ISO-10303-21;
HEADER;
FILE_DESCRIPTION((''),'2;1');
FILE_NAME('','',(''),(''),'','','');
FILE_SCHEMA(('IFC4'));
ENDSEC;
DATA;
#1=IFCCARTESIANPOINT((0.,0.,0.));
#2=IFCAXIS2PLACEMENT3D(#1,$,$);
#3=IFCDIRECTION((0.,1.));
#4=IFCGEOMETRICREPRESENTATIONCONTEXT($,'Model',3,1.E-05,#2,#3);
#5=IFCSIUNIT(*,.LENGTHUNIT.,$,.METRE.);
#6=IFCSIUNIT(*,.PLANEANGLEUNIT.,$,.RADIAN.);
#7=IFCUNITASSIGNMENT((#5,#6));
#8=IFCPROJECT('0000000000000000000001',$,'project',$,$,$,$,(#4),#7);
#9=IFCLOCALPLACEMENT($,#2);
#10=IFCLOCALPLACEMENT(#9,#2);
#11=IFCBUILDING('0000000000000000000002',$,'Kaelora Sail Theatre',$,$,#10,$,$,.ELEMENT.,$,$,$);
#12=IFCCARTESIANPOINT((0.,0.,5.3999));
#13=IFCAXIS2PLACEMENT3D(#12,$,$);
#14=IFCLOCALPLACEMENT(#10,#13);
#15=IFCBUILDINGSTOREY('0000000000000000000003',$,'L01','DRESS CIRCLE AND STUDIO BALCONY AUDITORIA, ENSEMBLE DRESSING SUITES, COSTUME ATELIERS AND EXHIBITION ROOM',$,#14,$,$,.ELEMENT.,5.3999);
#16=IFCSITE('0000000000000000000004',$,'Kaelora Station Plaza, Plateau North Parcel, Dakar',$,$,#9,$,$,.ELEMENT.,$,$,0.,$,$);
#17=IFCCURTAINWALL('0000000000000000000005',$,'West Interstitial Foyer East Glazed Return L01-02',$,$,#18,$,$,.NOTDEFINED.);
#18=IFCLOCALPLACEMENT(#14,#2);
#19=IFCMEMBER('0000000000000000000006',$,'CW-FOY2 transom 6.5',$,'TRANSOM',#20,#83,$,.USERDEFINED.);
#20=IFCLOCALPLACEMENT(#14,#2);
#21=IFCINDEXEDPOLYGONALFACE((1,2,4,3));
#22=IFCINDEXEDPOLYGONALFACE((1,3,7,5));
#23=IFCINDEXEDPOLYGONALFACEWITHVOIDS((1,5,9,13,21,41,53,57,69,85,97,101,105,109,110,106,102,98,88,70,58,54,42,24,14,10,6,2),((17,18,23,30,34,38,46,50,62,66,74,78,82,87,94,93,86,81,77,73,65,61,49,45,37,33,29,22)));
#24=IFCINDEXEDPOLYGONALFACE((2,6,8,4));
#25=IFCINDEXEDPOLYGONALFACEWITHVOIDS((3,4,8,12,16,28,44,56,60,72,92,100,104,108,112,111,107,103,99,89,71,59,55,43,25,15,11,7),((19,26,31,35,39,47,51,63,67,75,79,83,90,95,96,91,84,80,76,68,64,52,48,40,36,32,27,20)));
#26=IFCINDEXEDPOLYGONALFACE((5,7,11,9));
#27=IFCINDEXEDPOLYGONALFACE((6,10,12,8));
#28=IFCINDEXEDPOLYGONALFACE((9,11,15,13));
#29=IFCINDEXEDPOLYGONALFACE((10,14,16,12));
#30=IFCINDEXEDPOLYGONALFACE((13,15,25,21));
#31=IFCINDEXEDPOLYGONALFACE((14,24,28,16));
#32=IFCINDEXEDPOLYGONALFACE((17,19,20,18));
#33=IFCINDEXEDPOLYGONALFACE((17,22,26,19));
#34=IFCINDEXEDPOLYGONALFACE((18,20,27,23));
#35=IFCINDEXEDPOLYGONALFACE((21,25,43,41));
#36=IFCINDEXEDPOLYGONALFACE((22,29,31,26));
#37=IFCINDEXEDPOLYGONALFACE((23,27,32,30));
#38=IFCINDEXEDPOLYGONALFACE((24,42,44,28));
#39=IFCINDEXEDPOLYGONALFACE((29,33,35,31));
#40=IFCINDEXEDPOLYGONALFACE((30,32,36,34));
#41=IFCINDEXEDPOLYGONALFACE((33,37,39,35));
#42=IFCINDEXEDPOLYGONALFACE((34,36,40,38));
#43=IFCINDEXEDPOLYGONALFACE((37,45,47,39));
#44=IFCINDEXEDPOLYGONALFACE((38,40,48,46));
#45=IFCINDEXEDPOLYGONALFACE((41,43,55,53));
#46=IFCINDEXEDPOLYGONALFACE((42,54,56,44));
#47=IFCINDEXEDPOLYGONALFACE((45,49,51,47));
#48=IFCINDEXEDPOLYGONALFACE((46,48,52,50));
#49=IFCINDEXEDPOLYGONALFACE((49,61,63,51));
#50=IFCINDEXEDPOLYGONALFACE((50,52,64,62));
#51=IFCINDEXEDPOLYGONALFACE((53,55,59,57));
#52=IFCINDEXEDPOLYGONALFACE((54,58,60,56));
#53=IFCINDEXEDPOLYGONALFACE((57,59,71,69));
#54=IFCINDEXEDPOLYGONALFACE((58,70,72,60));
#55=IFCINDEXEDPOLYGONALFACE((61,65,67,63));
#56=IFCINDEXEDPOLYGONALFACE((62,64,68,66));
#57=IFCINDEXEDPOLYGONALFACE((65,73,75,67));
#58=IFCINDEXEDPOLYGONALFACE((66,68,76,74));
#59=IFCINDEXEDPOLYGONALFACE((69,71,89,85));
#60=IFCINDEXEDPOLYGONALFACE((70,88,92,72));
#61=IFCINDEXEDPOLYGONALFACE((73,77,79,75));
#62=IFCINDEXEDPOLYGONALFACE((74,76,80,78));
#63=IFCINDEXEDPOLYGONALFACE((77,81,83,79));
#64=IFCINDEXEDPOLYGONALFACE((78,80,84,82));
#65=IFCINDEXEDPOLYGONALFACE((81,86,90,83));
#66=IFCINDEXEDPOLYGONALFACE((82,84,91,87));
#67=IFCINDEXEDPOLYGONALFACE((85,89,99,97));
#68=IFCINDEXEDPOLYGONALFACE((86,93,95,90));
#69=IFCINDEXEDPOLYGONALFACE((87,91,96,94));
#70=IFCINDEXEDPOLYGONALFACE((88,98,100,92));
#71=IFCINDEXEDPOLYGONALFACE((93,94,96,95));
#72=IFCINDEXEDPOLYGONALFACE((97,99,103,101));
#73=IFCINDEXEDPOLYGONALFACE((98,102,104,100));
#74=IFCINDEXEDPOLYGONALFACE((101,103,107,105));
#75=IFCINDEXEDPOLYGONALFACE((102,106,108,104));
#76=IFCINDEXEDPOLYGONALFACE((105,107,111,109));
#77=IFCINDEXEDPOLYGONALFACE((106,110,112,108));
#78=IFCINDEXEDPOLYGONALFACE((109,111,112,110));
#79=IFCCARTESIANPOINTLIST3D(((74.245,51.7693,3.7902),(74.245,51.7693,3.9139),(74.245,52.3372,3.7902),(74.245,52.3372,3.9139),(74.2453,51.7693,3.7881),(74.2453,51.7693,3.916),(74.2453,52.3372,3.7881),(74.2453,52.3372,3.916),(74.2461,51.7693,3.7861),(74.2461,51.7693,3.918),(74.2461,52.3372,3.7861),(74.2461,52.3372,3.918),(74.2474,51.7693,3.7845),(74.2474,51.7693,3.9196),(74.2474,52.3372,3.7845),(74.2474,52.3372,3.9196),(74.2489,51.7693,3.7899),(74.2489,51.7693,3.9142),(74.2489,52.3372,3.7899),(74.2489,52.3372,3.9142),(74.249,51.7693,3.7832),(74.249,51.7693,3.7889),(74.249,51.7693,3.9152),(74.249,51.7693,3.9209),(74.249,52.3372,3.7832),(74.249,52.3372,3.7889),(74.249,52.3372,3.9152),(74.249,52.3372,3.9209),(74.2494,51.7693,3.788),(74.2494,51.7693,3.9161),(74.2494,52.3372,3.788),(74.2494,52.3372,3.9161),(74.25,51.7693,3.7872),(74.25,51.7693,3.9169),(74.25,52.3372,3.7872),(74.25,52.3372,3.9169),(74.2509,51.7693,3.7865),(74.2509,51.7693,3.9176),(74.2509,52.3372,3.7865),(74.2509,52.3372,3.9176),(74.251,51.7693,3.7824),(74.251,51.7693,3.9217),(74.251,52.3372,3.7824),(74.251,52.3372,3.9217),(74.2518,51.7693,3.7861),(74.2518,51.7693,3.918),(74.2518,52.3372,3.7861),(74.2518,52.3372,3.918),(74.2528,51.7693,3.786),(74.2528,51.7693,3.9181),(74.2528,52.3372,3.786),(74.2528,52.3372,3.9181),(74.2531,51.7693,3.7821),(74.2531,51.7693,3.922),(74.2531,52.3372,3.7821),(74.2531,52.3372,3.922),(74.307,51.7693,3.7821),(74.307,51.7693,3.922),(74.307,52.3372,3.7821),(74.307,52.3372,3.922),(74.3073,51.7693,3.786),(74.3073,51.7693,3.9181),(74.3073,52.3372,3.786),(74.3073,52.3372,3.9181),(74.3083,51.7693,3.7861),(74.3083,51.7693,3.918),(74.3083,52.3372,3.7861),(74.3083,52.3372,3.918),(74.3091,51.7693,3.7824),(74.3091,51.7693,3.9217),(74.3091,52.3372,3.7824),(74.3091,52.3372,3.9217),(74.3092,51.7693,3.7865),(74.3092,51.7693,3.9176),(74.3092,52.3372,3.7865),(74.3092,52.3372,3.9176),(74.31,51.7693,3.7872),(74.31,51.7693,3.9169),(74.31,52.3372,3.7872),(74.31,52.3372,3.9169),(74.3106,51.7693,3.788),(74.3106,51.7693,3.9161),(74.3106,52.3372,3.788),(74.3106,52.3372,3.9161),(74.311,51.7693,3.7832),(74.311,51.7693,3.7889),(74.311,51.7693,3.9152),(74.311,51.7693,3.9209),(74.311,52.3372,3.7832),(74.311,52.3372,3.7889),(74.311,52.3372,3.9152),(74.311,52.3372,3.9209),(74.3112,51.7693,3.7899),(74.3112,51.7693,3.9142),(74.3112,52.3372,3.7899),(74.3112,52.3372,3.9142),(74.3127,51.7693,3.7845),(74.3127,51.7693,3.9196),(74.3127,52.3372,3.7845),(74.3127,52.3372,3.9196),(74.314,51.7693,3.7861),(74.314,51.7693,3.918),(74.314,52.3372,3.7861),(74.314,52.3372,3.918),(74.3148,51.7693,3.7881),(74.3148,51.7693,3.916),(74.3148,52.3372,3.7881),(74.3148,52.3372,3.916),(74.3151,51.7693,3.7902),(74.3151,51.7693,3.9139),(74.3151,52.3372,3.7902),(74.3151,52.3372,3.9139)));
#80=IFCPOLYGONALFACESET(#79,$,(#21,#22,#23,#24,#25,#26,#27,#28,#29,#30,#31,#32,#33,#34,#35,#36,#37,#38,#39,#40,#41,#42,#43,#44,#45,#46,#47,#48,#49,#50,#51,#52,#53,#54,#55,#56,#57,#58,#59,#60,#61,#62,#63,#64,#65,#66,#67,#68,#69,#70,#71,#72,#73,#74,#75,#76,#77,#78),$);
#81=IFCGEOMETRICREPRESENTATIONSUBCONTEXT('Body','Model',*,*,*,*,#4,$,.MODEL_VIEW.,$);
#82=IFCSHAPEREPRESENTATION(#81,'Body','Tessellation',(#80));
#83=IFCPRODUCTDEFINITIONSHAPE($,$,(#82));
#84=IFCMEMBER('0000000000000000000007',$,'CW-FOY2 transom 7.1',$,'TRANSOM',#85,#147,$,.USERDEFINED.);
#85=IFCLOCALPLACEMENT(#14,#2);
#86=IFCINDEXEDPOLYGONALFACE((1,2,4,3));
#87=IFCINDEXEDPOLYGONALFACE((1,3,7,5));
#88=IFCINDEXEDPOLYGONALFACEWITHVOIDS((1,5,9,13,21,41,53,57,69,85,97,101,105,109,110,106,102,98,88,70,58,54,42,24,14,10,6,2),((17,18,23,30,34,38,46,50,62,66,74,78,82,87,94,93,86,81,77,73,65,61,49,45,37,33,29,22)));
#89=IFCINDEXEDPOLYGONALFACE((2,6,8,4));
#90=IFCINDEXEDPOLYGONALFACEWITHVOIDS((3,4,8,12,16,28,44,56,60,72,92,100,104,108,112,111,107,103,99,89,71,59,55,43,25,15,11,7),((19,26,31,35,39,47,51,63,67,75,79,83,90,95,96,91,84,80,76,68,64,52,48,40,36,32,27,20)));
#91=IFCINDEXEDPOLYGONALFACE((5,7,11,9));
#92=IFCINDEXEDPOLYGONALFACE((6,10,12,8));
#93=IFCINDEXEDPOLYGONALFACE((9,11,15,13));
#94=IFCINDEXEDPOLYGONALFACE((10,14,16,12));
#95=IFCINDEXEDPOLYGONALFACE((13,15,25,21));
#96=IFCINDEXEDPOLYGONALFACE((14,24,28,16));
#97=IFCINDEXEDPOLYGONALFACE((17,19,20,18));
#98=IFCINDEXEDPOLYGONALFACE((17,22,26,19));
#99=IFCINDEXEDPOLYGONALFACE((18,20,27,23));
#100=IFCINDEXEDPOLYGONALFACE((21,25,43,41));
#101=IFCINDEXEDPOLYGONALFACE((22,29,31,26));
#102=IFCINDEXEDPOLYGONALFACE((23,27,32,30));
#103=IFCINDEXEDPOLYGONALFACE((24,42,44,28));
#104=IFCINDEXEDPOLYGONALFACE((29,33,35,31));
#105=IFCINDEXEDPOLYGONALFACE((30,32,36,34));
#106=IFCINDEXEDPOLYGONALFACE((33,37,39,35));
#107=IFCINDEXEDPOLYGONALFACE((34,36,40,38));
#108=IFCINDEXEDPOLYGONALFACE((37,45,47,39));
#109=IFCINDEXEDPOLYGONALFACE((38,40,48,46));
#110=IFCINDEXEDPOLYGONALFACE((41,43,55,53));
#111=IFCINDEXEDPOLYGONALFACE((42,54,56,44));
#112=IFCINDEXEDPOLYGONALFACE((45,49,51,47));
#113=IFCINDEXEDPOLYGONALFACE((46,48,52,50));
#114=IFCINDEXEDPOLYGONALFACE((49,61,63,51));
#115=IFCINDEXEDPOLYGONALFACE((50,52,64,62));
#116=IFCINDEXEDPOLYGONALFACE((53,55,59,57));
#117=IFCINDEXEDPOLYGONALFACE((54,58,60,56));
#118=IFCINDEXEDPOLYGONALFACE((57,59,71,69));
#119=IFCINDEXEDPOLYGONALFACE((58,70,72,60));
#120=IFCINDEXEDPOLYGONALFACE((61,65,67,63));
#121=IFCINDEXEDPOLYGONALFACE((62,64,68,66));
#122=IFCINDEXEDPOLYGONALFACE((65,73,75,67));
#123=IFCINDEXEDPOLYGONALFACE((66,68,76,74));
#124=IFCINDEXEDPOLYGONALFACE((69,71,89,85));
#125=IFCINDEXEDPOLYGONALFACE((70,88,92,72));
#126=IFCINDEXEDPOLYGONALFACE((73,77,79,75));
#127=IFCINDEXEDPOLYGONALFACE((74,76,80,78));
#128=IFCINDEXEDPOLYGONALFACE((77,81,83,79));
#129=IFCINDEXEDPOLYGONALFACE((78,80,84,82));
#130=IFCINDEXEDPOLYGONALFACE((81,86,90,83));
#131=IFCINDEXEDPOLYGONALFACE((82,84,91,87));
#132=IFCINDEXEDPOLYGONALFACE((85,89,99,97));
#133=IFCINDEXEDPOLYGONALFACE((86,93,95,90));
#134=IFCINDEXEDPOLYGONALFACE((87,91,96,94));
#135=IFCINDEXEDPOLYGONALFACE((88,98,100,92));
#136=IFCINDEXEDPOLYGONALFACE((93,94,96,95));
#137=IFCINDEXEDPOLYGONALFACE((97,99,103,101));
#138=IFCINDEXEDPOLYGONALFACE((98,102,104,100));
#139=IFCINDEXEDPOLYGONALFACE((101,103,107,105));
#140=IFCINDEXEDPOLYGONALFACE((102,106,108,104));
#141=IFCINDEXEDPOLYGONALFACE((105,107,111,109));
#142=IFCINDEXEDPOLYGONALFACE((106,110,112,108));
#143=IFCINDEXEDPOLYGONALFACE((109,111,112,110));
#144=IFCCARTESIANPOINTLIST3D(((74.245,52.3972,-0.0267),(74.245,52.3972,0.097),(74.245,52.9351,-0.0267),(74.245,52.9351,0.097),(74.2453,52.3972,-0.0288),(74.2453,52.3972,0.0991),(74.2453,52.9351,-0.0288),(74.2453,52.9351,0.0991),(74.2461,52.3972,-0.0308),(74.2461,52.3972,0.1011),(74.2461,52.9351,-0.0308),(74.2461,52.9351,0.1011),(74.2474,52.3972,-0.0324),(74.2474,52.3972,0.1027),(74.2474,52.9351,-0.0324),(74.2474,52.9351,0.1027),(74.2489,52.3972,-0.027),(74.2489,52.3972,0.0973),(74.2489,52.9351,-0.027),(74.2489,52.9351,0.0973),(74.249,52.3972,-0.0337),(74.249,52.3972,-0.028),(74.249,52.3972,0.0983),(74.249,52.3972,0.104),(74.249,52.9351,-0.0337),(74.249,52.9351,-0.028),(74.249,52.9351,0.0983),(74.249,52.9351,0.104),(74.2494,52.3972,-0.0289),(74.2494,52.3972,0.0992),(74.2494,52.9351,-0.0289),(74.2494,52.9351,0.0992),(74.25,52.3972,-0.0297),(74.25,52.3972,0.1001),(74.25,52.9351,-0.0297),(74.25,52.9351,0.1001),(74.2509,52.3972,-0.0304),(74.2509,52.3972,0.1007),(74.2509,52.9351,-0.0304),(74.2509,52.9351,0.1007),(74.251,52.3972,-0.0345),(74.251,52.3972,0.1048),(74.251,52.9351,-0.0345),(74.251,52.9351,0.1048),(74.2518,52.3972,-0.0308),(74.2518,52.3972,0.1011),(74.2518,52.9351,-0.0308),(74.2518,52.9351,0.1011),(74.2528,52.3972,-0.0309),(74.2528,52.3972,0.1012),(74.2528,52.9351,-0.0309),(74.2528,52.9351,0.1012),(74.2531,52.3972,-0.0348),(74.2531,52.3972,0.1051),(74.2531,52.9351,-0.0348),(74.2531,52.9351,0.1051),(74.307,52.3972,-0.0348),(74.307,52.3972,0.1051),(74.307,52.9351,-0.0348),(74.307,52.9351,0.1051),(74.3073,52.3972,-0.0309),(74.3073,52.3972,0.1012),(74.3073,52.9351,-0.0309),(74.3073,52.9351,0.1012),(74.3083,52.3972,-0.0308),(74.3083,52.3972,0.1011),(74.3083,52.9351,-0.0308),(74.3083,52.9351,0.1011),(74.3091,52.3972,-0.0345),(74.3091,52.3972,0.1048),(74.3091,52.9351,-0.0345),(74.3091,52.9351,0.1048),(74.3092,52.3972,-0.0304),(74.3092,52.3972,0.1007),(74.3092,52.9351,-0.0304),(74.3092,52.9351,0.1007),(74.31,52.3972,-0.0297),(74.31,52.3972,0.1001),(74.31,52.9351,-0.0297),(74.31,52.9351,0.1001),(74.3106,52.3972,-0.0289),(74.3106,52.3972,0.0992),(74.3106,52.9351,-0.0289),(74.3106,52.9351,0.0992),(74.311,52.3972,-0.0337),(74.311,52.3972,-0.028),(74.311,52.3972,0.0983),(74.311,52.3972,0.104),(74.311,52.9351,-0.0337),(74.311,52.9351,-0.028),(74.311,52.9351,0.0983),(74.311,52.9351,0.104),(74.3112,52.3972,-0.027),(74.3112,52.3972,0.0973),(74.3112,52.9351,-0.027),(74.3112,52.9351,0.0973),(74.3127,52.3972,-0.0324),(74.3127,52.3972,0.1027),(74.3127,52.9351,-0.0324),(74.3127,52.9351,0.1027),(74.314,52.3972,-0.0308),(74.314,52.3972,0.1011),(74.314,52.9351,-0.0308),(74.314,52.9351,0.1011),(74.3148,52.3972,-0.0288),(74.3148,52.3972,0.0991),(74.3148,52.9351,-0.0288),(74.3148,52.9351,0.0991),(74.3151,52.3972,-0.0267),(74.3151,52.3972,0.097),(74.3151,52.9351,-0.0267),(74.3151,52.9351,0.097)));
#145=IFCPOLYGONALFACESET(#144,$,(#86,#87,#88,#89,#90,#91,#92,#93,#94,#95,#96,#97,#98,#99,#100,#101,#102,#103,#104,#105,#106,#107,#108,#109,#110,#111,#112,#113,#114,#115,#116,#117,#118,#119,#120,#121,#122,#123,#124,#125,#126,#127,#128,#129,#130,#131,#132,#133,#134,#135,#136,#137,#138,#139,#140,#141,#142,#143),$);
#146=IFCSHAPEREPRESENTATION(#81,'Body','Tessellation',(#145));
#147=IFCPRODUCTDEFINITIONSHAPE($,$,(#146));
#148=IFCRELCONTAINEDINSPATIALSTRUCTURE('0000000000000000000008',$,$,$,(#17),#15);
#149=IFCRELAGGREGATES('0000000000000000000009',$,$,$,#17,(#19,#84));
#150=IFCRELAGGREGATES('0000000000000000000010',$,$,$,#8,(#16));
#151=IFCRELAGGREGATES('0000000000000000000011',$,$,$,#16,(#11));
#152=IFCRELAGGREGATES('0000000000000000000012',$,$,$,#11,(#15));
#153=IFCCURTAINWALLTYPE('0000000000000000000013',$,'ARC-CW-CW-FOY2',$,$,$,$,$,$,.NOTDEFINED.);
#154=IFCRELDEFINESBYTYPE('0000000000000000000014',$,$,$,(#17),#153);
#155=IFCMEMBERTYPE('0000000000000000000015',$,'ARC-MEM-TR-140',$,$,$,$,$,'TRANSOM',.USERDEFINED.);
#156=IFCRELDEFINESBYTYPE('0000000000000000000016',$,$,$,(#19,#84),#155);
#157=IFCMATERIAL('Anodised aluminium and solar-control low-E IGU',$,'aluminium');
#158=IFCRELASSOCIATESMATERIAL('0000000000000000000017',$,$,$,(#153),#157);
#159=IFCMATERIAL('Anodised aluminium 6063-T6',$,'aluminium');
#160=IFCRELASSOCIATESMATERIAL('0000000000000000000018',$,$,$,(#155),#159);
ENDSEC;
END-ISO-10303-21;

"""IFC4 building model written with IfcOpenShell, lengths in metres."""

from ifc_helpers import new_model, si_unit, direction, frame, origin, origin_2d, place, context, subcontext, project, spatial, hollow_rectangle, extrude, material, material_profile, profile_set, type_object, element, aggregate, save


model = new_model("IFC4")

# Units and contexts
model_context = context("Model", 3, precision=1e-05, world=origin(), true_north=direction((0.0, 1.0)))
body_context = subcontext(model_context, "Body", "Model", "MODEL_VIEW")
ifc_project = project(units=[si_unit("LENGTHUNIT", "METRE"), si_unit("PLANEANGLEUNIT", "RADIAN")], contexts=[model_context])

# Site, building, storey
site_placement = place(None, origin())
site = spatial("IfcSite", under=ifc_project, at=site_placement, Name="Kaelora Station Plaza, Plateau North Parcel, Dakar", CompositionType="ELEMENT", RefElevation=0.0)
building_placement = place(site_placement, origin())
building = spatial("IfcBuilding", under=site, at=building_placement, Name="Kaelora Sail Theatre", CompositionType="ELEMENT")
storey_placement = place(building_placement, frame((0.0, 0.0, 5.3999)))
storey = spatial("IfcBuildingStorey", under=building, at=storey_placement, Name="L01", Description="DRESS CIRCLE AND STUDIO BALCONY AUDITORIA, ENSEMBLE DRESSING SUITES, COSTUME ATELIERS AND EXHIBITION ROOM", CompositionType="ELEMENT", Elevation=5.3999)

# Curtain wall, members
ifc_material_1 = material(Name="Anodised aluminium and solar-control low-E IGU", Category="aluminium")
curtain_wall_type = type_object("IfcCurtainWallType", Name="ARC-CW-CW-FOY2", PredefinedType="NOTDEFINED", material=ifc_material_1)
curtain_wall_placement = place(storey_placement, origin())
curtain_wall = element("IfcCurtainWall", 1, at=curtain_wall_placement, inside=storey, type_object=curtain_wall_type, Name="West Interstitial Foyer East Glazed Return L01-02", PredefinedType="NOTDEFINED")
ifc_material_2 = material(Name="Anodised aluminium 6063-T6", Category="aluminium")
ifc_material_profile_1 = material_profile(ifc_material_2, hollow_rectangle(XDim=0.0701, YDim=0.1399, WallThickness=0.0039, InnerFilletRadius=0.0039, OuterFilletRadius=0.0081, at=origin_2d()), Name="ALU-TRAN 70x140x4")
ifc_profile_set_1 = profile_set([ifc_material_profile_1], Name="Anodised aluminium 6063-T6")
member_type_1 = type_object("IfcMemberType", Name="ARC-MEM-TR-140", ElementType="TRANSOM", PredefinedType="USERDEFINED", material=ifc_profile_set_1)
member_1_placement = place(storey_placement, frame((74.28, 51.7693, 3.8521), z_axis=(0.0, 1.0, 0.0), x_axis=(-1.0, 0.0, 0.0)))
member_1 = element("IfcMember", 2, at=member_1_placement, type_object=member_type_1, Name="CW-FOY2 transom 6.5", ObjectType="TRANSOM", PredefinedType="USERDEFINED", context=body_context, shape_type="SweptSolid", body=[
    extrude(hollow_rectangle(XDim=0.0701, YDim=0.1399, WallThickness=0.0039, InnerFilletRadius=0.0039, OuterFilletRadius=0.0081, at=origin_2d()), origin(), (0.0, 0.0, 1.0), 0.5679),
])
member_2_placement = place(storey_placement, frame((74.28, 52.3972, 0.0352), z_axis=(0.0, 1.0, 0.0), x_axis=(-1.0, 0.0, 0.0)))
member_2 = element("IfcMember", 3, at=member_2_placement, type_object=member_type_1, Name="CW-FOY2 transom 7.1", ObjectType="TRANSOM", PredefinedType="USERDEFINED", context=body_context, shape_type="SweptSolid", body=[
    extrude(hollow_rectangle(XDim=0.0701, YDim=0.1399, WallThickness=0.0039, InnerFilletRadius=0.0039, OuterFilletRadius=0.0081, at=origin_2d()), origin(), (0.0, 0.0, 1.0), 0.5378),
])

aggregate(curtain_wall, [member_1, member_2])

save(model, "model.ifc")
